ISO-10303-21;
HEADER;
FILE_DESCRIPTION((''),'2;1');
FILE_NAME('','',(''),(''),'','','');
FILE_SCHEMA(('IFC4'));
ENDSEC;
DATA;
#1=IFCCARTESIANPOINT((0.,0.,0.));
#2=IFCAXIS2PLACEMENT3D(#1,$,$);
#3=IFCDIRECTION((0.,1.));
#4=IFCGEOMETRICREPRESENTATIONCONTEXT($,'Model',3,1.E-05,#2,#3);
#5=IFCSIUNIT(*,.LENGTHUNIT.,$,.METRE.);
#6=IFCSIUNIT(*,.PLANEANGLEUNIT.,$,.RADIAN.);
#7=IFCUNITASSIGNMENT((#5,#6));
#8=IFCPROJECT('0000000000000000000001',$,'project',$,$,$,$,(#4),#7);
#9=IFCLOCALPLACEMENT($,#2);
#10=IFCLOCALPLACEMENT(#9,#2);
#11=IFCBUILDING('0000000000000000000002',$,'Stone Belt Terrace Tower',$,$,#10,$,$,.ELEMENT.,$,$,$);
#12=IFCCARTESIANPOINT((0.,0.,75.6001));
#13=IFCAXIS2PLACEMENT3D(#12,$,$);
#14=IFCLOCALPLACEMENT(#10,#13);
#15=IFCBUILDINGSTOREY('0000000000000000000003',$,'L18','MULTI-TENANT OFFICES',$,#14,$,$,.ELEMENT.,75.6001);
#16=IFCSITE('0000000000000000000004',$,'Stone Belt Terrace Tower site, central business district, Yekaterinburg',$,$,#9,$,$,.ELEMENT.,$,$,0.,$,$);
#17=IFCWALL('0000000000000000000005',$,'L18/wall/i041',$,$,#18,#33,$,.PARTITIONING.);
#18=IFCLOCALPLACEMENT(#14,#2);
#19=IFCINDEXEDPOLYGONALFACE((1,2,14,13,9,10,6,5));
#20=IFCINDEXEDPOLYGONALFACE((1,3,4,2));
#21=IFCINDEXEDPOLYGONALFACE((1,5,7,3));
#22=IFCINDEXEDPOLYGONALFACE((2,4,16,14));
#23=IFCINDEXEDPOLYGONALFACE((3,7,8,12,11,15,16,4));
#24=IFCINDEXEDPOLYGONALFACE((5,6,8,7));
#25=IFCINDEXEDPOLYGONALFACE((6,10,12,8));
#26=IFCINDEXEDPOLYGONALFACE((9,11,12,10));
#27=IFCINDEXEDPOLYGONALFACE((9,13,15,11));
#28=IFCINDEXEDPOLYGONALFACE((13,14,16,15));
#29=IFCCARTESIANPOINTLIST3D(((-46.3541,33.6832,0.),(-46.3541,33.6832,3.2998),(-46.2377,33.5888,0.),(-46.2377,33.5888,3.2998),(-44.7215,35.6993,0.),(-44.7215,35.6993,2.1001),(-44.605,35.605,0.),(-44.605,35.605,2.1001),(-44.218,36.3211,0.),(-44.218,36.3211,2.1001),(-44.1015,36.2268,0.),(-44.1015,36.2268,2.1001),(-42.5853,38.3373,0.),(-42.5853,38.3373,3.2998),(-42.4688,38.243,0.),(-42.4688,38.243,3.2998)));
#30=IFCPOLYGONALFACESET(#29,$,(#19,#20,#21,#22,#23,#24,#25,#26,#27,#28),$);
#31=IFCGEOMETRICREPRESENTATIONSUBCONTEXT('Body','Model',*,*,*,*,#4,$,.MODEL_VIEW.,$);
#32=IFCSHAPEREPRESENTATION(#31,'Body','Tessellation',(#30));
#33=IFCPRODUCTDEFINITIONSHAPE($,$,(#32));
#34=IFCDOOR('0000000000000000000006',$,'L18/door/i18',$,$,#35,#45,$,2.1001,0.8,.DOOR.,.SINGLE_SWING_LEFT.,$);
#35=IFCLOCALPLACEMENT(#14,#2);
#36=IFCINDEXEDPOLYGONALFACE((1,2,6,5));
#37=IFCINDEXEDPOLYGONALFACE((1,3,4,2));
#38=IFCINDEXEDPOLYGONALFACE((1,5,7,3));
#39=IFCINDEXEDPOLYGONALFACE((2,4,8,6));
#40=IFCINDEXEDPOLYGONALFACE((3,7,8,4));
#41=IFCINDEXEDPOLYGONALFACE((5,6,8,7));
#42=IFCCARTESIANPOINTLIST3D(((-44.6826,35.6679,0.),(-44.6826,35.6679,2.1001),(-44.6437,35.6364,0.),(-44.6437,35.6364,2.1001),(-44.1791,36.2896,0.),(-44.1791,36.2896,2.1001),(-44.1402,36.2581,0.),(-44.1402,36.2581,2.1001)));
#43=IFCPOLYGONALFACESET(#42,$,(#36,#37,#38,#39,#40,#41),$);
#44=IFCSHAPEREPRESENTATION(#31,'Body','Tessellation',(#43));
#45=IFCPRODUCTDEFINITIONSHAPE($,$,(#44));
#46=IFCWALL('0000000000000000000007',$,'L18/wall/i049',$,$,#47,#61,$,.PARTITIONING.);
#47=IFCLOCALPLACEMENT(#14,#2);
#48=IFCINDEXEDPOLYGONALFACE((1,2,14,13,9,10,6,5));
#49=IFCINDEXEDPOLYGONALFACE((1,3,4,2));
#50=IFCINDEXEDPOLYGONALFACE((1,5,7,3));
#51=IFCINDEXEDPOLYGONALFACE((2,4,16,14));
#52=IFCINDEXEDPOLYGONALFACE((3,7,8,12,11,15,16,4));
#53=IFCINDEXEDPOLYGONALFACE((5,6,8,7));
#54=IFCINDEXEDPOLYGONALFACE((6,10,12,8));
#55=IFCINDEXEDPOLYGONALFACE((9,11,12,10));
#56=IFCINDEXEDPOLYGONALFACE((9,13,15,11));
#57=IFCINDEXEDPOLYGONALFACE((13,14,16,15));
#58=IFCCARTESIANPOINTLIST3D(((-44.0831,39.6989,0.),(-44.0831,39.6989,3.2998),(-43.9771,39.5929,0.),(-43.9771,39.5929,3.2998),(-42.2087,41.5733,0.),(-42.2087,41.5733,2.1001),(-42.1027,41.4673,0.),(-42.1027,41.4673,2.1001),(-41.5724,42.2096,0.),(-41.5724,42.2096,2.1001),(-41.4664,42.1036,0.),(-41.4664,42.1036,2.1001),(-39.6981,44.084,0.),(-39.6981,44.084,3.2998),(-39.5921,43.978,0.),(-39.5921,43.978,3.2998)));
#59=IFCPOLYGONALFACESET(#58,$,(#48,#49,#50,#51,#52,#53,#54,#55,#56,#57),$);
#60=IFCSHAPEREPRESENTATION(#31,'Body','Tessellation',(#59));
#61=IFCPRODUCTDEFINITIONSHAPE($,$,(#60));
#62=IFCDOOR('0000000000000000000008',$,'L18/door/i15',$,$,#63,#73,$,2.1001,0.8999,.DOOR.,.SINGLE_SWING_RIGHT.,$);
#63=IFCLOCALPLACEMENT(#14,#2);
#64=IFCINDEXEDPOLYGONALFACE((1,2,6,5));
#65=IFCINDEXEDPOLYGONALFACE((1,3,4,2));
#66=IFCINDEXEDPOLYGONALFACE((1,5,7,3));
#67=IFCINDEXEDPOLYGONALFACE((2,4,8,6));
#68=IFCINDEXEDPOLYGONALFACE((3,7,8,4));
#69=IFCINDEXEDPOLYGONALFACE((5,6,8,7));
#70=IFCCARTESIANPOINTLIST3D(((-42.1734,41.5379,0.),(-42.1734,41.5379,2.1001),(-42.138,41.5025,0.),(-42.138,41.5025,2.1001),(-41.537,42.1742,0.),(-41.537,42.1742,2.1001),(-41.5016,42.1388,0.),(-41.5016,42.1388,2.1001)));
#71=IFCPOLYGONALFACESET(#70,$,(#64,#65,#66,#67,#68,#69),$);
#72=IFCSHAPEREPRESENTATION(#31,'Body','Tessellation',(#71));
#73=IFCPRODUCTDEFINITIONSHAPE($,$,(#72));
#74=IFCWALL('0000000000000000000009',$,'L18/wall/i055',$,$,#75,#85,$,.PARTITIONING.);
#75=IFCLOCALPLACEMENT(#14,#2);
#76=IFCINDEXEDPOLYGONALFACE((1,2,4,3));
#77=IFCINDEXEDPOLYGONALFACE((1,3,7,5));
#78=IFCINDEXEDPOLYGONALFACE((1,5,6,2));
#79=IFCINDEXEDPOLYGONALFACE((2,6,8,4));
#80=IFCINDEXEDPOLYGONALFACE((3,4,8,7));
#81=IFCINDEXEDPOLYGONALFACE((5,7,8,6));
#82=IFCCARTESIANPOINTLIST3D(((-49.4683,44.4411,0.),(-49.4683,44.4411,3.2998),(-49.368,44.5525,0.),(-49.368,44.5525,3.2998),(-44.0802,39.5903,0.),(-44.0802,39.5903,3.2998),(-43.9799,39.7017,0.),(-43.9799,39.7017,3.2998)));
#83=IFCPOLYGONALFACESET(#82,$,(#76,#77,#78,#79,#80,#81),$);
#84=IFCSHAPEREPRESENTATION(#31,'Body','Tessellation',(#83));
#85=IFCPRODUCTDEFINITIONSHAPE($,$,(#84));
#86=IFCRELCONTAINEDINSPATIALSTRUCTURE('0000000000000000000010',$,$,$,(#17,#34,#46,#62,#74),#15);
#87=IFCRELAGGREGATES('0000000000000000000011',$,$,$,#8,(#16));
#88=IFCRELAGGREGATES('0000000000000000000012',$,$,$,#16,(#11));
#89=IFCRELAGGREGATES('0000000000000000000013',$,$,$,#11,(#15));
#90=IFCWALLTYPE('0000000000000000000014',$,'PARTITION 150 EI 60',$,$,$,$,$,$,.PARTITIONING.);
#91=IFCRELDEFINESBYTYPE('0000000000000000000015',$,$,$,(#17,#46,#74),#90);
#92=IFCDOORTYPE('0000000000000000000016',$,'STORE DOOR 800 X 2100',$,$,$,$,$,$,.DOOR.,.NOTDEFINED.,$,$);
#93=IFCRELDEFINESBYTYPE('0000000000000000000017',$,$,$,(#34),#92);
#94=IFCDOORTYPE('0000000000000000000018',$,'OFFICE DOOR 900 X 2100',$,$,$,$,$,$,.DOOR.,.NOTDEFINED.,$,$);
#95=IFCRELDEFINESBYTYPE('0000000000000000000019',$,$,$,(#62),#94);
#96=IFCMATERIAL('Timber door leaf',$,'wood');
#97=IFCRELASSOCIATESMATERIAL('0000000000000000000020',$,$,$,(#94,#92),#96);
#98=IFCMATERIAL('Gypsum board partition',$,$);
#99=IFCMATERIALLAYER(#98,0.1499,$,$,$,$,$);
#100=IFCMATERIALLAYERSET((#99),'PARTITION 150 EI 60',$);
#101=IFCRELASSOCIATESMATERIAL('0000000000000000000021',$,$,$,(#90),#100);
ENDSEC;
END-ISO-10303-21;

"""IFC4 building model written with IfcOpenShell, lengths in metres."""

from ifc_helpers import new_model, si_unit, direction, frame, frame_2d, origin, place, context, subcontext, project, spatial, rectangle, extrude, material, layer, layer_set, type_object, element, fill, save


model = new_model("IFC4")

# Units and contexts
model_context = context("Model", 3, precision=1e-05, world=origin(), true_north=direction((0.0, 1.0)))
body_context = subcontext(model_context, "Body", "Model", "MODEL_VIEW")
ifc_project = project(units=[si_unit("LENGTHUNIT", "METRE"), si_unit("PLANEANGLEUNIT", "RADIAN")], contexts=[model_context])

# Site, building, storey
site_placement = place(None, origin())
site = spatial("IfcSite", under=ifc_project, at=site_placement, Name="Stone Belt Terrace Tower site, central business district, Yekaterinburg", CompositionType="ELEMENT", RefElevation=0.0)
building_placement = place(site_placement, origin())
building = spatial("IfcBuilding", under=site, at=building_placement, Name="Stone Belt Terrace Tower", CompositionType="ELEMENT")
storey_placement = place(building_placement, frame((0.0, 0.0, 75.6001)))
storey = spatial("IfcBuildingStorey", under=building, at=storey_placement, Name="L18", Description="MULTI-TENANT OFFICES", CompositionType="ELEMENT", Elevation=75.6001)

# Shared definitions
ifc_material_1 = material(Name="Gypsum board partition")
ifc_material_2 = material(Name="Timber door leaf", Category="wood")
door_type_1 = type_object("IfcDoorType", Name="OFFICE DOOR 900 X 2100", OperationType="NOTDEFINED", PredefinedType="DOOR", material=ifc_material_2)
ifc_layer_1 = layer(ifc_material_1, 0.1499)
ifc_layer_set_1 = layer_set([ifc_layer_1], Name="PARTITION 150 EI 60")
wall_type_1 = type_object("IfcWallType", Name="PARTITION 150 EI 60", PredefinedType="PARTITIONING", material=ifc_layer_set_1)

# Walls, openings, doors
wall_1_placement = place(storey_placement, frame((-46.2959, 33.636, 0.0), z_axis=(0.0, 0.0, 1.0), x_axis=(0.629323, 0.777144, 0.0)))
wall_1 = element("IfcWall", 1, at=wall_1_placement, inside=storey, type_object=wall_type_1, Name="L18/wall/i041", PredefinedType="PARTITIONING", context=body_context, shape_type="SweptSolid", body=[
    extrude(rectangle(XDim=5.9888, YDim=0.1499, at=frame_2d((2.9944, 0.0))), origin(), (0.0, 0.0, 1.0), 3.2998),
])
opening_1_placement = place(wall_1_placement, frame((2.5945, 0.0, 0.0)))
opening_1 = element("IfcOpeningElement", 2, at=opening_1_placement, cuts=wall_1, PredefinedType="OPENING", context=body_context, shape_type="SweptSolid", body=[
    extrude(rectangle(XDim=0.8, YDim=2.1001, at=frame_2d((0.3999, 1.05))), frame((0.0, 0.085, 0.0), z_axis=(0.0, -1.0, 0.0), x_axis=(1.0, 0.0, 0.0)), (0.0, 0.0, 1.0), 0.1699),
])
door_type_2 = type_object("IfcDoorType", Name="STORE DOOR 800 X 2100", OperationType="NOTDEFINED", PredefinedType="DOOR", material=ifc_material_2)
door_1_placement = place(opening_1_placement, origin())
door_1 = element("IfcDoor", 3, at=door_1_placement, inside=storey, type_object=door_type_2, Name="L18/door/i18", OperationType="SINGLE_SWING_LEFT", OverallHeight=2.1001, OverallWidth=0.8, PredefinedType="DOOR", context=body_context, shape_type="SweptSolid", body=[
    extrude(rectangle(XDim=0.8, YDim=2.1001, at=frame_2d((0.3999, 1.05))), frame((0.0, 0.0249, 0.0), z_axis=(0.0, -1.0, 0.0), x_axis=(1.0, 0.0, 0.0)), (0.0, 0.0, 1.0), 0.05),
])
fill(opening_1, door_1)
wall_2_placement = place(storey_placement, frame((-44.03, 39.646, 0.0), z_axis=(0.0, 0.0, 1.0), x_axis=(0.707107, 0.707107, 0.0)))
wall_2 = element("IfcWall", 4, at=wall_2_placement, inside=storey, type_object=wall_type_1, Name="L18/wall/i049", PredefinedType="PARTITIONING", context=body_context, shape_type="SweptSolid", body=[
    extrude(rectangle(XDim=6.2014, YDim=0.1499, at=frame_2d((3.1006, 0.0))), origin(), (0.0, 0.0, 1.0), 3.2998),
])
opening_2_placement = place(wall_2_placement, frame((2.6506, 0.0, 0.0)))
opening_2 = element("IfcOpeningElement", 5, at=opening_2_placement, cuts=wall_2, PredefinedType="OPENING", context=body_context, shape_type="SweptSolid", body=[
    extrude(rectangle(XDim=0.8999, YDim=2.1001, at=frame_2d((0.45, 1.05))), frame((0.0, 0.085, 0.0), z_axis=(0.0, -1.0, 0.0), x_axis=(1.0, 0.0, 0.0)), (0.0, 0.0, 1.0), 0.1699),
])
door_2_placement = place(opening_2_placement, origin())
door_2 = element("IfcDoor", 6, at=door_2_placement, inside=storey, type_object=door_type_1, Name="L18/door/i15", OperationType="SINGLE_SWING_RIGHT", OverallHeight=2.1001, OverallWidth=0.8999, PredefinedType="DOOR", context=body_context, shape_type="SweptSolid", body=[
    extrude(rectangle(XDim=0.8999, YDim=2.1001, at=frame_2d((0.45, 1.05))), frame((0.0, 0.0249, 0.0), z_axis=(0.0, -1.0, 0.0), x_axis=(1.0, 0.0, 0.0)), (0.0, 0.0, 1.0), 0.05),
])
fill(opening_2, door_2)

# Wall
wall_3_placement = place(storey_placement, frame((-44.03, 39.646, 0.0), z_axis=(0.0, 0.0, 1.0), x_axis=(-0.743194, 0.669076, 0.0)))
element("IfcWall", 7, at=wall_3_placement, inside=storey, type_object=wall_type_1, Name="L18/wall/i055", PredefinedType="PARTITIONING", context=body_context, shape_type="SweptSolid", body=[
    extrude(rectangle(XDim=7.25, YDim=0.1499, at=frame_2d((3.625, 0.0))), origin(), (0.0, 0.0, 1.0), 3.2998),
])

save(model, "model.ifc")
